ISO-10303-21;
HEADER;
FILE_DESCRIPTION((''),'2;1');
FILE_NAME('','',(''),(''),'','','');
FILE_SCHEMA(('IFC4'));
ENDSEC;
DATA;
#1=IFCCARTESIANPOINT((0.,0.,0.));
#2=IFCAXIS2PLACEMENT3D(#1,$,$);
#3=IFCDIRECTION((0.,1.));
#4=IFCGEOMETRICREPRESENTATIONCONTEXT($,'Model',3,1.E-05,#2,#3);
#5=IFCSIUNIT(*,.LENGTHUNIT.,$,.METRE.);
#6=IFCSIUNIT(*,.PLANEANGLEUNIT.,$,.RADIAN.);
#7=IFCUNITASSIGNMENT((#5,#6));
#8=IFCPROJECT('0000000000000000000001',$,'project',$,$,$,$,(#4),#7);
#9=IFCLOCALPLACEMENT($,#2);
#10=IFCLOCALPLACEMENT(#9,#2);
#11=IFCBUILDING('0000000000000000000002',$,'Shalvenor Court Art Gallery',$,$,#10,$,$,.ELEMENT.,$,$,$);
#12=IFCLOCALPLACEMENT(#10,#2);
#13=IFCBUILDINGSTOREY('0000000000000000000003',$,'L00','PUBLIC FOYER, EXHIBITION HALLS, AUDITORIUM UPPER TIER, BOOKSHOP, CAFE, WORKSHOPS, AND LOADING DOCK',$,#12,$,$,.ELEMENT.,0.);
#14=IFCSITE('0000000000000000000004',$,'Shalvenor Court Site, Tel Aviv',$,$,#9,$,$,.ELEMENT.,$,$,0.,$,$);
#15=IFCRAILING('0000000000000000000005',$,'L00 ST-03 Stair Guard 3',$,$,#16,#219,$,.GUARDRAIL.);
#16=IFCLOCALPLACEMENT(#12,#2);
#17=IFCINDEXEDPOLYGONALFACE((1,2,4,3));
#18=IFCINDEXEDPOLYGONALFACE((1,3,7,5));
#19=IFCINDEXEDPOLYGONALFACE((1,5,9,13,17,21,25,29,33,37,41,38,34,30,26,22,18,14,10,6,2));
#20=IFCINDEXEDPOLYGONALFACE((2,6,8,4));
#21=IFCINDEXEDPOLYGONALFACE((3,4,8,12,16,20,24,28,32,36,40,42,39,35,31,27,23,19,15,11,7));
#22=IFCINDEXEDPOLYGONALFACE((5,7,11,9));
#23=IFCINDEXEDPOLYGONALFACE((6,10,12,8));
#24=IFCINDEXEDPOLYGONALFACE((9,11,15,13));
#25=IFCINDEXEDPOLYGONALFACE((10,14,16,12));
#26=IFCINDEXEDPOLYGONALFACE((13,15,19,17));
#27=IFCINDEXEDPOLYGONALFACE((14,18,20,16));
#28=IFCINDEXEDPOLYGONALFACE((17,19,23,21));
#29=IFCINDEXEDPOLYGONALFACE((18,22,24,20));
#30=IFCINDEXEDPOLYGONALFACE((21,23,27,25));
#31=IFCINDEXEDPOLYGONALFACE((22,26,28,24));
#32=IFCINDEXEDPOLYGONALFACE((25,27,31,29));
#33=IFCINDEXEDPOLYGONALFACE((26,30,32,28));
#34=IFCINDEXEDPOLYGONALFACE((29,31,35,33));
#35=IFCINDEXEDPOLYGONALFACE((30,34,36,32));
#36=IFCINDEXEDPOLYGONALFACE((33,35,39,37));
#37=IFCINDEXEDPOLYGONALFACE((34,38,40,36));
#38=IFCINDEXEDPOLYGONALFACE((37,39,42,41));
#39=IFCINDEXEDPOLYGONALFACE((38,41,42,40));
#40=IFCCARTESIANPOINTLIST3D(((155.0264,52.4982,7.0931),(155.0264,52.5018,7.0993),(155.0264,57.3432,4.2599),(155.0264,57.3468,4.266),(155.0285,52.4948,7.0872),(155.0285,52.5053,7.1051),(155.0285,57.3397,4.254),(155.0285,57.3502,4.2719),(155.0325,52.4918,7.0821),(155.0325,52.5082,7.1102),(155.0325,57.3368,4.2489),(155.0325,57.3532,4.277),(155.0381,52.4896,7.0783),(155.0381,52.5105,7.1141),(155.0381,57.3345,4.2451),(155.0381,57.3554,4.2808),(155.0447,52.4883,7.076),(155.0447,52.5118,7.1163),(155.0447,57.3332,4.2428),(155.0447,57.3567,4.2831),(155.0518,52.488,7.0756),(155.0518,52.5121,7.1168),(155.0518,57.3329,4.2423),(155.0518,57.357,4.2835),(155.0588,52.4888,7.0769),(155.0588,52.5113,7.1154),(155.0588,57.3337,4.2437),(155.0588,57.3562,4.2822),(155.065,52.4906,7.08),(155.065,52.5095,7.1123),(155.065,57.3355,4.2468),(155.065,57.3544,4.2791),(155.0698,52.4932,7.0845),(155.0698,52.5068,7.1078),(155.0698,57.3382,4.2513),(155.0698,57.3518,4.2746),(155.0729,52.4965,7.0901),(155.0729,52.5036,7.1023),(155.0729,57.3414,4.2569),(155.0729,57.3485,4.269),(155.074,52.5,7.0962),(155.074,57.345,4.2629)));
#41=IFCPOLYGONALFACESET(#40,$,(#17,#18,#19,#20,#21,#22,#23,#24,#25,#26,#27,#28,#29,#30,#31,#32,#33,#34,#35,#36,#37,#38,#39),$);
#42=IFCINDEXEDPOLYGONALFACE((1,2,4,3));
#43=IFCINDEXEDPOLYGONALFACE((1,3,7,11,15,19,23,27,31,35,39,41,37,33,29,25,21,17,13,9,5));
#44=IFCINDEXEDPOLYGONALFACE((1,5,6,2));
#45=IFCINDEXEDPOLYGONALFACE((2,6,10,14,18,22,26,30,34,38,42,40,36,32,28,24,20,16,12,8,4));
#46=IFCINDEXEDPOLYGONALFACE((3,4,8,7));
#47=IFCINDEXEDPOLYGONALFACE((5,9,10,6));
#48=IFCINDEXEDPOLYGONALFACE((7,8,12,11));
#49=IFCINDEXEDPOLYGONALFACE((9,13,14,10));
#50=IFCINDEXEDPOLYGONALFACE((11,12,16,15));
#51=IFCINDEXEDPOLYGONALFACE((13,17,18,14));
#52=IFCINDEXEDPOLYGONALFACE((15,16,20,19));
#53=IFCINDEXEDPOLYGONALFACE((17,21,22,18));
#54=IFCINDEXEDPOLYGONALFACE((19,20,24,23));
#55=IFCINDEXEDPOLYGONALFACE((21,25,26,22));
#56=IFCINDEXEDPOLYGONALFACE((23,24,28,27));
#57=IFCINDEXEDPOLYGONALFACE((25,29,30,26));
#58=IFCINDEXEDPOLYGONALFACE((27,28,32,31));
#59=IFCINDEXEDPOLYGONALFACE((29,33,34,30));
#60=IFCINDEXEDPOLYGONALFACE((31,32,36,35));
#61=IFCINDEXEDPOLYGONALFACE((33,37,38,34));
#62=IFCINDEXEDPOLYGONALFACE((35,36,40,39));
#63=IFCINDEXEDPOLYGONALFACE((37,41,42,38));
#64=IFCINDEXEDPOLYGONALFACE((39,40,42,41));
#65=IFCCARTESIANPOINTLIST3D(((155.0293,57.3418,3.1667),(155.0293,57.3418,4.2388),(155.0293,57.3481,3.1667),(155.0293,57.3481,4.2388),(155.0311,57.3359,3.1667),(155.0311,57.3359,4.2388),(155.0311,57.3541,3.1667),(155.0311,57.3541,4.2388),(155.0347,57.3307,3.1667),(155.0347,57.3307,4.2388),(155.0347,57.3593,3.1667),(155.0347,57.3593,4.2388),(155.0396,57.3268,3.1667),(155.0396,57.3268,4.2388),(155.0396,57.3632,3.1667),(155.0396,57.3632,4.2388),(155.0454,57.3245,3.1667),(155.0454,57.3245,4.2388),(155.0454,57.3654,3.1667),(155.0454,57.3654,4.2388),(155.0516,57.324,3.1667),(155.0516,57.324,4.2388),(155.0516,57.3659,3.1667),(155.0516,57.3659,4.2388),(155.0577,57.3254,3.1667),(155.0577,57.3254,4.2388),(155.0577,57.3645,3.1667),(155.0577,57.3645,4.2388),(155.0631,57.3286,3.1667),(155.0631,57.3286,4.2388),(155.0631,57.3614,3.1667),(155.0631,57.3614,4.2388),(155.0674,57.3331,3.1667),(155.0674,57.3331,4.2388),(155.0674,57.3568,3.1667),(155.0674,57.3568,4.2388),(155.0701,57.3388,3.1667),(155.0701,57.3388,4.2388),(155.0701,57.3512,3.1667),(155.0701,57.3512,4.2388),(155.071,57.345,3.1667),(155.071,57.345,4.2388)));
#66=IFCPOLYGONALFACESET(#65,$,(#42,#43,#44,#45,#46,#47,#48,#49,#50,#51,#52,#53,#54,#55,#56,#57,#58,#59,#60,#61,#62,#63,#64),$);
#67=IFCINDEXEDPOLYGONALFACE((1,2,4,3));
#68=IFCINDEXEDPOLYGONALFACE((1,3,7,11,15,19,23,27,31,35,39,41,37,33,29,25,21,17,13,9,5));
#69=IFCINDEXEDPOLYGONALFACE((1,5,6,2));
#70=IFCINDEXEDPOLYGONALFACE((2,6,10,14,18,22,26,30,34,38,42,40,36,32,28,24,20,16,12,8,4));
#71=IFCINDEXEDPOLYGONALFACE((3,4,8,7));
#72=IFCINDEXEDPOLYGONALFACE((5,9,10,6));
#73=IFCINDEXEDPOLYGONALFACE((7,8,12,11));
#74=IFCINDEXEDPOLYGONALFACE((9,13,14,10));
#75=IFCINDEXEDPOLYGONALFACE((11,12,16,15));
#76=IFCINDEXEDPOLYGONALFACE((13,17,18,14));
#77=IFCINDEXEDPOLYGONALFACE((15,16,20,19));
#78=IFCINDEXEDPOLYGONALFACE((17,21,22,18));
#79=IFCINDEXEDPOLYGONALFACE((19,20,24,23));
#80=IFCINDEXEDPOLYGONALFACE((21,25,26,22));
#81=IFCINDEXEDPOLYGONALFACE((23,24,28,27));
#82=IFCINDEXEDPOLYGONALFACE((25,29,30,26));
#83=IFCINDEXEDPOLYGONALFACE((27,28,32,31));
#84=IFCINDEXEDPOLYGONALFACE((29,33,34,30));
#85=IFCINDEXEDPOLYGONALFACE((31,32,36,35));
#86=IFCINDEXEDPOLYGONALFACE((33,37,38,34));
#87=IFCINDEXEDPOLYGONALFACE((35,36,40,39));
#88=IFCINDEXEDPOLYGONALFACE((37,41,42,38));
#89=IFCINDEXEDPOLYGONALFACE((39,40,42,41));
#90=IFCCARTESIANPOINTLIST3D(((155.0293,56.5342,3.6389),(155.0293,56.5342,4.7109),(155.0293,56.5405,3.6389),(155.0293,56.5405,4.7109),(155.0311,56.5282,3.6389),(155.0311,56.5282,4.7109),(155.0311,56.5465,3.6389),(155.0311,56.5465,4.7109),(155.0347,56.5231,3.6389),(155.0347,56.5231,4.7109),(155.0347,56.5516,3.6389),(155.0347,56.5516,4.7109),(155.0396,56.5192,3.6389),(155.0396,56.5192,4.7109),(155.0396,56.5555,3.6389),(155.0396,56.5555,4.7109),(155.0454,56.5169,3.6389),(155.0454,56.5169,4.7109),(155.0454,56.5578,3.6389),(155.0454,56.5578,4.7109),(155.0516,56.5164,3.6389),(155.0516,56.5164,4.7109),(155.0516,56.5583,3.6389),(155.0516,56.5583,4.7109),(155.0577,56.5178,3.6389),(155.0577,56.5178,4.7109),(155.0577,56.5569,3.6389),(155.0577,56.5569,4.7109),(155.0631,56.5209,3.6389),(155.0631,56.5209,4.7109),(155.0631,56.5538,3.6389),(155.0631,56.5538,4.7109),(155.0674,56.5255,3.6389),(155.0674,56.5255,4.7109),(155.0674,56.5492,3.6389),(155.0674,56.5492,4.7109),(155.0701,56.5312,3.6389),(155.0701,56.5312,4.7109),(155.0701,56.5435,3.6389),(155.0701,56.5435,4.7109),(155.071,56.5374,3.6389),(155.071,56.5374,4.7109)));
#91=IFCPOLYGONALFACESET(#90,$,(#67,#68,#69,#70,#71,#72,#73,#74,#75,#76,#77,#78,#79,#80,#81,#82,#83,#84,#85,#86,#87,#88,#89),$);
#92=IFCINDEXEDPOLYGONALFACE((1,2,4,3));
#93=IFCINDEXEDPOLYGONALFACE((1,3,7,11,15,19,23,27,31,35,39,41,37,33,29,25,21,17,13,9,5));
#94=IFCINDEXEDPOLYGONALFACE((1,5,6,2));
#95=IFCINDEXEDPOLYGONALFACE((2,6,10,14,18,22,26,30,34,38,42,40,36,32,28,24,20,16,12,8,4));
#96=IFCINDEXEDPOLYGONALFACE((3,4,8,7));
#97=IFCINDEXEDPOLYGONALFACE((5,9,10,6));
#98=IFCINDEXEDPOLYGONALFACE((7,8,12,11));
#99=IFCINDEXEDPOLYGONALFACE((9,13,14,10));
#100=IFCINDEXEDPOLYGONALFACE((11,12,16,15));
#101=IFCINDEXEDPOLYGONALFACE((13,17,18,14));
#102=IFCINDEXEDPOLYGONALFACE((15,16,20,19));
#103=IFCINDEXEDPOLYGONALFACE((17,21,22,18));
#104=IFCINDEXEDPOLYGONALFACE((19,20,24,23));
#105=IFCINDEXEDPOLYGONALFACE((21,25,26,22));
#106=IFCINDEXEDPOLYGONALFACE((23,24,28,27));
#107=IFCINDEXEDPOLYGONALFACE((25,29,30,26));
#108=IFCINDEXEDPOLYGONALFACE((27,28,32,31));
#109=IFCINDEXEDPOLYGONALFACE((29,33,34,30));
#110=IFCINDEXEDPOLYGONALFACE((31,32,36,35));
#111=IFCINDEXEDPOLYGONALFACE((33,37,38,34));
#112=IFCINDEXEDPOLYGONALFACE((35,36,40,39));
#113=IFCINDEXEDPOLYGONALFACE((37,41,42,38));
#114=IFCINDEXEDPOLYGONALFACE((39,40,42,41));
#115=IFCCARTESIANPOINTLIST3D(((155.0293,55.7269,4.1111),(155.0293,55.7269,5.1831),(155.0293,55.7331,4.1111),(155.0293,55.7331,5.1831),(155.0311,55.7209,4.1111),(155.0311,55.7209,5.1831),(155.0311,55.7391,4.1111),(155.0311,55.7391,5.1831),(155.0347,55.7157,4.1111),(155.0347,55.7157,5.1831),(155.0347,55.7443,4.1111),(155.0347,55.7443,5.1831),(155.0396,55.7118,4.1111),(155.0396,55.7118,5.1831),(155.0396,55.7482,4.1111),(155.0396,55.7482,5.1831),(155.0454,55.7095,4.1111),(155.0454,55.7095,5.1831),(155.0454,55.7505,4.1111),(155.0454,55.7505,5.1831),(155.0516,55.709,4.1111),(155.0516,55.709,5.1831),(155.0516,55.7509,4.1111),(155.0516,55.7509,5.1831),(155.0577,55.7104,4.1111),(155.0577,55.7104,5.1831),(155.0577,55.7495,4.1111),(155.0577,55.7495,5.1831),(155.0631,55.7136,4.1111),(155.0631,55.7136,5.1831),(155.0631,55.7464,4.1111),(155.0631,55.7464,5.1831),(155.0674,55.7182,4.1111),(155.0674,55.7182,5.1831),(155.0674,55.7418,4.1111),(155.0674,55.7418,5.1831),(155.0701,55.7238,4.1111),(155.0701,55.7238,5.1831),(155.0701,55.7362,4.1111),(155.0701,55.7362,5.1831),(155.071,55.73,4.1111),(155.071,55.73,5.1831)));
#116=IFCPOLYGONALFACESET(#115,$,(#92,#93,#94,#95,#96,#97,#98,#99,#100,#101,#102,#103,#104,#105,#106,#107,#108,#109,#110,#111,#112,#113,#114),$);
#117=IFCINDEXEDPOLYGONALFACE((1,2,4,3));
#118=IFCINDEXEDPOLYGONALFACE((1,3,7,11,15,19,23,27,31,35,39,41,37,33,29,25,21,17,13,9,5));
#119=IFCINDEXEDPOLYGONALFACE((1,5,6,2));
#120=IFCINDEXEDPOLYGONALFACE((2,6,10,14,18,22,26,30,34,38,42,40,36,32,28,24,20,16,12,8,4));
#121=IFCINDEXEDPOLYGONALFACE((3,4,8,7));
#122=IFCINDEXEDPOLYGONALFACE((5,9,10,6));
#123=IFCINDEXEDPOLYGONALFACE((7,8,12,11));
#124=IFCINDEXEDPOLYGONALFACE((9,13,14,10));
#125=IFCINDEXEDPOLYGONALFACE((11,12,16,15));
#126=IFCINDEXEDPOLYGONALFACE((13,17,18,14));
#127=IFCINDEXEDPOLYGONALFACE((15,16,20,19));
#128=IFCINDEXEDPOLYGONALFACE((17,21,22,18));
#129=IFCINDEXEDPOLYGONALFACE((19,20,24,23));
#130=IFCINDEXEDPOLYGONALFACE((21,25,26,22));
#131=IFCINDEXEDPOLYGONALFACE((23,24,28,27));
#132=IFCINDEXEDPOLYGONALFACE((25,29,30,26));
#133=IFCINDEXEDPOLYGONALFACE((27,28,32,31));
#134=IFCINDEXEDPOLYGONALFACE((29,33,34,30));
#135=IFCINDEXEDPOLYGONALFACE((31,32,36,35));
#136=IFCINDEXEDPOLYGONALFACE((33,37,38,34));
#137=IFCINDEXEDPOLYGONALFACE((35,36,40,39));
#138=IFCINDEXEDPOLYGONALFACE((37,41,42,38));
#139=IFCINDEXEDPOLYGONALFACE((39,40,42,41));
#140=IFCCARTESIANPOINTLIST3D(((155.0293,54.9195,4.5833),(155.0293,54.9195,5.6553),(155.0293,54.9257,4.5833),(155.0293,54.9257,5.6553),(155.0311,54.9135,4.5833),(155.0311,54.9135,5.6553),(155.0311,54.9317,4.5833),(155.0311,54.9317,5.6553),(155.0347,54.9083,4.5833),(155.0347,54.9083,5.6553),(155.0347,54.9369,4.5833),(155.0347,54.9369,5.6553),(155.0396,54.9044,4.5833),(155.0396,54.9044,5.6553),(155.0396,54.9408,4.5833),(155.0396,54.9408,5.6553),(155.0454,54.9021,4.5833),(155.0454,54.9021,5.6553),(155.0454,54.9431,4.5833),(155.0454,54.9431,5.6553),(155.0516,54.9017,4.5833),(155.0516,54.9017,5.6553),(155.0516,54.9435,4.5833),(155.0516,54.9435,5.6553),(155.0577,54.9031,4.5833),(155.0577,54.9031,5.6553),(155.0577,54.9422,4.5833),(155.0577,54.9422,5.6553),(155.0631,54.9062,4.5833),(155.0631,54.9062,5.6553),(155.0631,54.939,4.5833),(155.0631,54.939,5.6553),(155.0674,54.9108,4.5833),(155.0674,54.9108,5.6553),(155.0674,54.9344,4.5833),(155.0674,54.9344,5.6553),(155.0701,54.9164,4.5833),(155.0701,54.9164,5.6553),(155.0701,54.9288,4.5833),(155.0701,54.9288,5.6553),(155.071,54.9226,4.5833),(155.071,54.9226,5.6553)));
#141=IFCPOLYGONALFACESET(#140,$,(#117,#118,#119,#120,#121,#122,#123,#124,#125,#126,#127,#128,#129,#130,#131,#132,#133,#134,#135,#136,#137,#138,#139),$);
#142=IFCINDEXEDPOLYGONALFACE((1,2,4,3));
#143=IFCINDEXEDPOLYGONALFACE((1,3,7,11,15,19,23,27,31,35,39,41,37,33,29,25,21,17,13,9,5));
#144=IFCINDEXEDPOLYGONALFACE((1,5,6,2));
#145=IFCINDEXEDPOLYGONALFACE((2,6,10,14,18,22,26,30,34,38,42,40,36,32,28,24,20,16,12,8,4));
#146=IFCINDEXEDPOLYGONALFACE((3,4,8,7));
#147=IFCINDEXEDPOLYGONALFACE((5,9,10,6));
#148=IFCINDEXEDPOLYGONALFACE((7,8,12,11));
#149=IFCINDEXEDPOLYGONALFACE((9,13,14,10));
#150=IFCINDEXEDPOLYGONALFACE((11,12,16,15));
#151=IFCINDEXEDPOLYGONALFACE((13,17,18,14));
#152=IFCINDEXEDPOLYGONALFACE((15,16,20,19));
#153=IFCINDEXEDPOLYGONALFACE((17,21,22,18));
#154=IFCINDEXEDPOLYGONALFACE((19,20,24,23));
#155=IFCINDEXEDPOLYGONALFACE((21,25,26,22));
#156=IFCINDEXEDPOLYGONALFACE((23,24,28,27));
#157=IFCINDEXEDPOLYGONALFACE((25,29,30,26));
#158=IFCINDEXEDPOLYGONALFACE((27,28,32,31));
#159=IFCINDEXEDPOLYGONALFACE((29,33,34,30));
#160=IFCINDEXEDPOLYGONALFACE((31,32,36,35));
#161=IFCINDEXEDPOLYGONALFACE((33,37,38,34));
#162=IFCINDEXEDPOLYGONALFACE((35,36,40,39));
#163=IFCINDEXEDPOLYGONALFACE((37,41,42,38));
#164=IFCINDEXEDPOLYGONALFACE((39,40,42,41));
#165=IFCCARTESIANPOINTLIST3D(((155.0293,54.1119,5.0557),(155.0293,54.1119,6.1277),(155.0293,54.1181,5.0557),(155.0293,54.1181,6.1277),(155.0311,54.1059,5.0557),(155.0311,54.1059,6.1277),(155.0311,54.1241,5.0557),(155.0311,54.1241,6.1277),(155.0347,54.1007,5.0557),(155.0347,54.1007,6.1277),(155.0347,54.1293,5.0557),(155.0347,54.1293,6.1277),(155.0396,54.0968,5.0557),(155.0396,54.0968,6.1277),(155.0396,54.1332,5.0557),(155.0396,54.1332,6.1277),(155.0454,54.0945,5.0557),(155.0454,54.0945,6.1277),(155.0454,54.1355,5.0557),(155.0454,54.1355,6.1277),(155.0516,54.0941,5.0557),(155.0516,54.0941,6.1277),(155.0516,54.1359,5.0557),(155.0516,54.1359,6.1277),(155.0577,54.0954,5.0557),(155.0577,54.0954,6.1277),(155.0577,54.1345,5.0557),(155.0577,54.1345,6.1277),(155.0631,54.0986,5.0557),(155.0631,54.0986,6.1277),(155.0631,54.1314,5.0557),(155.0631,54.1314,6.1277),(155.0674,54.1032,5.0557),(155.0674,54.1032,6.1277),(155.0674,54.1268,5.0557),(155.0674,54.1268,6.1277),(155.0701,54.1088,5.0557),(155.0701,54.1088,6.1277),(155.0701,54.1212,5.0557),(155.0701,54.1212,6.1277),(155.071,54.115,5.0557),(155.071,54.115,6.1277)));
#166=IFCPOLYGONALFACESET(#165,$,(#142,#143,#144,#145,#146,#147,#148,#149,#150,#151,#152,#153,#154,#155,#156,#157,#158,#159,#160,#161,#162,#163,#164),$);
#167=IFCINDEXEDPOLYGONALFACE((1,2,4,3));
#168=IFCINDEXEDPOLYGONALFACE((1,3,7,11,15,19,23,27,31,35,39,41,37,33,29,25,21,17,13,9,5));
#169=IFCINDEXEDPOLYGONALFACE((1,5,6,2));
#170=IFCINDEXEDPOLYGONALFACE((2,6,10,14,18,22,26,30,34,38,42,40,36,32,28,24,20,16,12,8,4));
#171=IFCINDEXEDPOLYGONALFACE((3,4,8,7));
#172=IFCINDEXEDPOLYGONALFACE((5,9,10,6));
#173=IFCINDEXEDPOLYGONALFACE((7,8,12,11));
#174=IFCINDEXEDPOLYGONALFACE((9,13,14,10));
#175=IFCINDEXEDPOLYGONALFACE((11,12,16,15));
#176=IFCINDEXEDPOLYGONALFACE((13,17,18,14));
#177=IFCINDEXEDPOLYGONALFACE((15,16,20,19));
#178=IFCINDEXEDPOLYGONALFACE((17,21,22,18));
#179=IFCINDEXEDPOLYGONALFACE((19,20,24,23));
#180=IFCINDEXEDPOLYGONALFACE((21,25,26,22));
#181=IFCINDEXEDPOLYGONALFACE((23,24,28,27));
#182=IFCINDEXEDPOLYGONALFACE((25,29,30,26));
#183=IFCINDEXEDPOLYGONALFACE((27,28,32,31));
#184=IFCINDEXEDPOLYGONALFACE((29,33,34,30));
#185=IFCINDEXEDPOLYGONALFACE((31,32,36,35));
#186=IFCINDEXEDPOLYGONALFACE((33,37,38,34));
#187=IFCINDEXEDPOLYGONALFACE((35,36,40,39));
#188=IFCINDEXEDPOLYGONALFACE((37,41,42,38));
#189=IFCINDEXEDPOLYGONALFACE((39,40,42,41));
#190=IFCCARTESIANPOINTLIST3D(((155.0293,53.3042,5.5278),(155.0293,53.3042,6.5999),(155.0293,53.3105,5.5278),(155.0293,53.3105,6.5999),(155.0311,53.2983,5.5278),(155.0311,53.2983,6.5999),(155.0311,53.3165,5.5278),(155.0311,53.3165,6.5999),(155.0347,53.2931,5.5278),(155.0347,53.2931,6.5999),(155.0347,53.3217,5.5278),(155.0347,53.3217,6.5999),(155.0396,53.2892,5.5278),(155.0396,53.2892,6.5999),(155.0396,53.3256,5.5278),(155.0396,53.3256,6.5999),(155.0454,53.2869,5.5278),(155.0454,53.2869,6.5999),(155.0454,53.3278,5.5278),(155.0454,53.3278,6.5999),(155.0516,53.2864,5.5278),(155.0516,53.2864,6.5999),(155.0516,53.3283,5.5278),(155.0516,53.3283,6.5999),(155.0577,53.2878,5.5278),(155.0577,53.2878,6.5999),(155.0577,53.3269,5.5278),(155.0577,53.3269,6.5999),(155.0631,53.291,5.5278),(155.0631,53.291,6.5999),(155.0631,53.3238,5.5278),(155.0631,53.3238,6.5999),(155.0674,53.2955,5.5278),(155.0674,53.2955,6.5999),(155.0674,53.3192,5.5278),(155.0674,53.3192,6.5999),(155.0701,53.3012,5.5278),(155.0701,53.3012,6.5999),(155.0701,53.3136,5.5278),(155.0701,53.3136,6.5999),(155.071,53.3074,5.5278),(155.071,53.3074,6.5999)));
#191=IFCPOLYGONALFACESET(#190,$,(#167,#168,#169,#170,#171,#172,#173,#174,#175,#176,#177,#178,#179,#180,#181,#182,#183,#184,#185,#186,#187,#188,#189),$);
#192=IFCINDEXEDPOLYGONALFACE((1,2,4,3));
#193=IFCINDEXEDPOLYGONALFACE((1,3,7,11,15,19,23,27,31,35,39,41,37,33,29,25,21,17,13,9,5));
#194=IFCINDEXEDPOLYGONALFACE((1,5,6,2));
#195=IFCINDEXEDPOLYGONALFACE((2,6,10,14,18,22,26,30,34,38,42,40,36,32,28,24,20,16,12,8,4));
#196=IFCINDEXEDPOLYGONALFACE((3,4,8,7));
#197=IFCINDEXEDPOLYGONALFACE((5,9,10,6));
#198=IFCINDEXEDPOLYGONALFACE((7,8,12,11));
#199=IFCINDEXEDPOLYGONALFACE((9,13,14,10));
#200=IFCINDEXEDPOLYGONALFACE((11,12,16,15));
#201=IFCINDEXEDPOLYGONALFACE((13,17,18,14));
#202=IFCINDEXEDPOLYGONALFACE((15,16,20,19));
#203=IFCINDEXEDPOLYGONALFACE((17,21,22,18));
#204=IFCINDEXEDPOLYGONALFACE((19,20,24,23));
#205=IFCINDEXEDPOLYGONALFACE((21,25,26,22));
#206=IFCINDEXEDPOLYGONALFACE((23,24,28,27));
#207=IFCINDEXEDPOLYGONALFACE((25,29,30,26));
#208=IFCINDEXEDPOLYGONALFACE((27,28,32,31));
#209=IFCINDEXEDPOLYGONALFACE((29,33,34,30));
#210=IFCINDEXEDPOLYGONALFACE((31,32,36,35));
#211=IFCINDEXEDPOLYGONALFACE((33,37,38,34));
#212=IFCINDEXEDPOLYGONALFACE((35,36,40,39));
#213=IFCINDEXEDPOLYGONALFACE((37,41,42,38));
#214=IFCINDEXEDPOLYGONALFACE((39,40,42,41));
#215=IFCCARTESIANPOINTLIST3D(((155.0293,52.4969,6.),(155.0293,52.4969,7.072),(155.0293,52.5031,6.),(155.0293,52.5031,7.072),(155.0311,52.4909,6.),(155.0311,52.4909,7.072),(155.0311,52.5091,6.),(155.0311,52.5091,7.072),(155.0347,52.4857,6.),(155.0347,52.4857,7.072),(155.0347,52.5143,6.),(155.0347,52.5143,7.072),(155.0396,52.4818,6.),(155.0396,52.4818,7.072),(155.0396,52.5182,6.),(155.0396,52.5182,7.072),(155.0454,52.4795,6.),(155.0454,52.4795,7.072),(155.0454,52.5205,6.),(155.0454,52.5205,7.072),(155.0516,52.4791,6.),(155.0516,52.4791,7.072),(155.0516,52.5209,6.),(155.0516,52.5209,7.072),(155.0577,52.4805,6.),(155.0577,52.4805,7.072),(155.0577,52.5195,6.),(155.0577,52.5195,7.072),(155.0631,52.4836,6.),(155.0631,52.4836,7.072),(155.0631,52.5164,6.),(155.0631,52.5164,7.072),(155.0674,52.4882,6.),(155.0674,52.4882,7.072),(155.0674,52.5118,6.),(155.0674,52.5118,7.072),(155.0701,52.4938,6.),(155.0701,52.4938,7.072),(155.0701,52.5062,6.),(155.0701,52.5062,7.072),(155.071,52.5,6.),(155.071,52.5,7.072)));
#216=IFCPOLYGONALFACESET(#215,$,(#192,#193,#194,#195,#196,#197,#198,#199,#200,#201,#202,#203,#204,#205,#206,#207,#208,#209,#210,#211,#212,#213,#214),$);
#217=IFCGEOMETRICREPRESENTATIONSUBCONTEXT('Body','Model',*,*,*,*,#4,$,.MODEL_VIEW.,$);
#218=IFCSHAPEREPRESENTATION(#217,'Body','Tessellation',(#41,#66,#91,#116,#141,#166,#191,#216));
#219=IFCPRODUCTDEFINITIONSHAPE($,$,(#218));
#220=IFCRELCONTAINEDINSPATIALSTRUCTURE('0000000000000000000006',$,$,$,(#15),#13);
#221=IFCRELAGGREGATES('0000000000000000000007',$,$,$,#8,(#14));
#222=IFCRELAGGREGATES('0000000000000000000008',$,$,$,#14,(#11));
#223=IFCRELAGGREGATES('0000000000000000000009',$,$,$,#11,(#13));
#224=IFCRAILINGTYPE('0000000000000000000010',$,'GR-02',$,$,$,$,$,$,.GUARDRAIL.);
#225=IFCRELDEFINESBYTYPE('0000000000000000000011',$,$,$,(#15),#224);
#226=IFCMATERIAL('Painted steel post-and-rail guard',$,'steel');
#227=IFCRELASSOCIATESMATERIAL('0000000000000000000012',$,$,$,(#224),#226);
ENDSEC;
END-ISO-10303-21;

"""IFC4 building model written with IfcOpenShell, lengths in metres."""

from ifc_helpers import new_model, si_unit, direction, frame, origin, origin_2d, place, context, subcontext, project, spatial, circle, extrude, material, type_object, element, save


model = new_model("IFC4")

# Units and contexts
model_context = context("Model", 3, precision=1e-05, world=origin(), true_north=direction((0.0, 1.0)))
body_context = subcontext(model_context, "Body", "Model", "MODEL_VIEW")
ifc_project = project(units=[si_unit("LENGTHUNIT", "METRE"), si_unit("PLANEANGLEUNIT", "RADIAN")], contexts=[model_context])

# Site, building, storey
site_placement = place(None, origin())
site = spatial("IfcSite", under=ifc_project, at=site_placement, Name="Shalvenor Court Site, Tel Aviv", CompositionType="ELEMENT", RefElevation=0.0)
building_placement = place(site_placement, origin())
building = spatial("IfcBuilding", under=site, at=building_placement, Name="Shalvenor Court Art Gallery", CompositionType="ELEMENT")
storey_placement = place(building_placement, origin())
storey = spatial("IfcBuildingStorey", under=building, at=storey_placement, Name="L00", Description="PUBLIC FOYER, EXHIBITION HALLS, AUDITORIUM UPPER TIER, BOOKSHOP, CAFE, WORKSHOPS, AND LOADING DOCK", CompositionType="ELEMENT", Elevation=0.0)

# Railing
ifc_material_1 = material(Name="Painted steel post-and-rail guard", Category="steel")
railing_type_1 = type_object("IfcRailingType", Name="GR-02", PredefinedType="GUARDRAIL", material=ifc_material_1)
railing_1_placement = place(storey_placement, frame((155.05, 57.345, 3.1667)))
element("IfcRailing", 1, at=railing_1_placement, inside=storey, type_object=railing_type_1, Name="L00 ST-03 Stair Guard 3", PredefinedType="GUARDRAIL", context=body_context, shape_type="SweptSolid", body=[
    extrude(circle(Radius=0.0239, at=origin_2d()), frame((0.0, 0.0, 1.0962), z_axis=(0.0, -0.863234, 0.504804), x_axis=(1.0, 0.0, 0.0)), (0.0, 0.0, 1.0), 5.6125),
    extrude(circle(Radius=0.021, at=origin_2d()), origin(), (0.0, 0.0, 1.0), 1.072),
    extrude(circle(Radius=0.021, at=origin_2d()), frame((0.0, -0.8076, 0.4722)), (0.0, 0.0, 1.0), 1.072),
    extrude(circle(Radius=0.021, at=origin_2d()), frame((0.0, -1.615, 0.9443)), (0.0, 0.0, 1.0), 1.072),
    extrude(circle(Radius=0.021, at=origin_2d()), frame((0.0, -2.4224, 1.4165)), (0.0, 0.0, 1.0), 1.072),
    extrude(circle(Radius=0.021, at=origin_2d()), frame((0.0, -3.23, 1.8889)), (0.0, 0.0, 1.0), 1.072),
    extrude(circle(Radius=0.021, at=origin_2d()), frame((0.0, -4.0376, 2.3611)), (0.0, 0.0, 1.0), 1.072),
    extrude(circle(Radius=0.021, at=origin_2d()), frame((0.0, -4.845, 2.8333)), (0.0, 0.0, 1.0), 1.072),
])

save(model, "model.ifc")
